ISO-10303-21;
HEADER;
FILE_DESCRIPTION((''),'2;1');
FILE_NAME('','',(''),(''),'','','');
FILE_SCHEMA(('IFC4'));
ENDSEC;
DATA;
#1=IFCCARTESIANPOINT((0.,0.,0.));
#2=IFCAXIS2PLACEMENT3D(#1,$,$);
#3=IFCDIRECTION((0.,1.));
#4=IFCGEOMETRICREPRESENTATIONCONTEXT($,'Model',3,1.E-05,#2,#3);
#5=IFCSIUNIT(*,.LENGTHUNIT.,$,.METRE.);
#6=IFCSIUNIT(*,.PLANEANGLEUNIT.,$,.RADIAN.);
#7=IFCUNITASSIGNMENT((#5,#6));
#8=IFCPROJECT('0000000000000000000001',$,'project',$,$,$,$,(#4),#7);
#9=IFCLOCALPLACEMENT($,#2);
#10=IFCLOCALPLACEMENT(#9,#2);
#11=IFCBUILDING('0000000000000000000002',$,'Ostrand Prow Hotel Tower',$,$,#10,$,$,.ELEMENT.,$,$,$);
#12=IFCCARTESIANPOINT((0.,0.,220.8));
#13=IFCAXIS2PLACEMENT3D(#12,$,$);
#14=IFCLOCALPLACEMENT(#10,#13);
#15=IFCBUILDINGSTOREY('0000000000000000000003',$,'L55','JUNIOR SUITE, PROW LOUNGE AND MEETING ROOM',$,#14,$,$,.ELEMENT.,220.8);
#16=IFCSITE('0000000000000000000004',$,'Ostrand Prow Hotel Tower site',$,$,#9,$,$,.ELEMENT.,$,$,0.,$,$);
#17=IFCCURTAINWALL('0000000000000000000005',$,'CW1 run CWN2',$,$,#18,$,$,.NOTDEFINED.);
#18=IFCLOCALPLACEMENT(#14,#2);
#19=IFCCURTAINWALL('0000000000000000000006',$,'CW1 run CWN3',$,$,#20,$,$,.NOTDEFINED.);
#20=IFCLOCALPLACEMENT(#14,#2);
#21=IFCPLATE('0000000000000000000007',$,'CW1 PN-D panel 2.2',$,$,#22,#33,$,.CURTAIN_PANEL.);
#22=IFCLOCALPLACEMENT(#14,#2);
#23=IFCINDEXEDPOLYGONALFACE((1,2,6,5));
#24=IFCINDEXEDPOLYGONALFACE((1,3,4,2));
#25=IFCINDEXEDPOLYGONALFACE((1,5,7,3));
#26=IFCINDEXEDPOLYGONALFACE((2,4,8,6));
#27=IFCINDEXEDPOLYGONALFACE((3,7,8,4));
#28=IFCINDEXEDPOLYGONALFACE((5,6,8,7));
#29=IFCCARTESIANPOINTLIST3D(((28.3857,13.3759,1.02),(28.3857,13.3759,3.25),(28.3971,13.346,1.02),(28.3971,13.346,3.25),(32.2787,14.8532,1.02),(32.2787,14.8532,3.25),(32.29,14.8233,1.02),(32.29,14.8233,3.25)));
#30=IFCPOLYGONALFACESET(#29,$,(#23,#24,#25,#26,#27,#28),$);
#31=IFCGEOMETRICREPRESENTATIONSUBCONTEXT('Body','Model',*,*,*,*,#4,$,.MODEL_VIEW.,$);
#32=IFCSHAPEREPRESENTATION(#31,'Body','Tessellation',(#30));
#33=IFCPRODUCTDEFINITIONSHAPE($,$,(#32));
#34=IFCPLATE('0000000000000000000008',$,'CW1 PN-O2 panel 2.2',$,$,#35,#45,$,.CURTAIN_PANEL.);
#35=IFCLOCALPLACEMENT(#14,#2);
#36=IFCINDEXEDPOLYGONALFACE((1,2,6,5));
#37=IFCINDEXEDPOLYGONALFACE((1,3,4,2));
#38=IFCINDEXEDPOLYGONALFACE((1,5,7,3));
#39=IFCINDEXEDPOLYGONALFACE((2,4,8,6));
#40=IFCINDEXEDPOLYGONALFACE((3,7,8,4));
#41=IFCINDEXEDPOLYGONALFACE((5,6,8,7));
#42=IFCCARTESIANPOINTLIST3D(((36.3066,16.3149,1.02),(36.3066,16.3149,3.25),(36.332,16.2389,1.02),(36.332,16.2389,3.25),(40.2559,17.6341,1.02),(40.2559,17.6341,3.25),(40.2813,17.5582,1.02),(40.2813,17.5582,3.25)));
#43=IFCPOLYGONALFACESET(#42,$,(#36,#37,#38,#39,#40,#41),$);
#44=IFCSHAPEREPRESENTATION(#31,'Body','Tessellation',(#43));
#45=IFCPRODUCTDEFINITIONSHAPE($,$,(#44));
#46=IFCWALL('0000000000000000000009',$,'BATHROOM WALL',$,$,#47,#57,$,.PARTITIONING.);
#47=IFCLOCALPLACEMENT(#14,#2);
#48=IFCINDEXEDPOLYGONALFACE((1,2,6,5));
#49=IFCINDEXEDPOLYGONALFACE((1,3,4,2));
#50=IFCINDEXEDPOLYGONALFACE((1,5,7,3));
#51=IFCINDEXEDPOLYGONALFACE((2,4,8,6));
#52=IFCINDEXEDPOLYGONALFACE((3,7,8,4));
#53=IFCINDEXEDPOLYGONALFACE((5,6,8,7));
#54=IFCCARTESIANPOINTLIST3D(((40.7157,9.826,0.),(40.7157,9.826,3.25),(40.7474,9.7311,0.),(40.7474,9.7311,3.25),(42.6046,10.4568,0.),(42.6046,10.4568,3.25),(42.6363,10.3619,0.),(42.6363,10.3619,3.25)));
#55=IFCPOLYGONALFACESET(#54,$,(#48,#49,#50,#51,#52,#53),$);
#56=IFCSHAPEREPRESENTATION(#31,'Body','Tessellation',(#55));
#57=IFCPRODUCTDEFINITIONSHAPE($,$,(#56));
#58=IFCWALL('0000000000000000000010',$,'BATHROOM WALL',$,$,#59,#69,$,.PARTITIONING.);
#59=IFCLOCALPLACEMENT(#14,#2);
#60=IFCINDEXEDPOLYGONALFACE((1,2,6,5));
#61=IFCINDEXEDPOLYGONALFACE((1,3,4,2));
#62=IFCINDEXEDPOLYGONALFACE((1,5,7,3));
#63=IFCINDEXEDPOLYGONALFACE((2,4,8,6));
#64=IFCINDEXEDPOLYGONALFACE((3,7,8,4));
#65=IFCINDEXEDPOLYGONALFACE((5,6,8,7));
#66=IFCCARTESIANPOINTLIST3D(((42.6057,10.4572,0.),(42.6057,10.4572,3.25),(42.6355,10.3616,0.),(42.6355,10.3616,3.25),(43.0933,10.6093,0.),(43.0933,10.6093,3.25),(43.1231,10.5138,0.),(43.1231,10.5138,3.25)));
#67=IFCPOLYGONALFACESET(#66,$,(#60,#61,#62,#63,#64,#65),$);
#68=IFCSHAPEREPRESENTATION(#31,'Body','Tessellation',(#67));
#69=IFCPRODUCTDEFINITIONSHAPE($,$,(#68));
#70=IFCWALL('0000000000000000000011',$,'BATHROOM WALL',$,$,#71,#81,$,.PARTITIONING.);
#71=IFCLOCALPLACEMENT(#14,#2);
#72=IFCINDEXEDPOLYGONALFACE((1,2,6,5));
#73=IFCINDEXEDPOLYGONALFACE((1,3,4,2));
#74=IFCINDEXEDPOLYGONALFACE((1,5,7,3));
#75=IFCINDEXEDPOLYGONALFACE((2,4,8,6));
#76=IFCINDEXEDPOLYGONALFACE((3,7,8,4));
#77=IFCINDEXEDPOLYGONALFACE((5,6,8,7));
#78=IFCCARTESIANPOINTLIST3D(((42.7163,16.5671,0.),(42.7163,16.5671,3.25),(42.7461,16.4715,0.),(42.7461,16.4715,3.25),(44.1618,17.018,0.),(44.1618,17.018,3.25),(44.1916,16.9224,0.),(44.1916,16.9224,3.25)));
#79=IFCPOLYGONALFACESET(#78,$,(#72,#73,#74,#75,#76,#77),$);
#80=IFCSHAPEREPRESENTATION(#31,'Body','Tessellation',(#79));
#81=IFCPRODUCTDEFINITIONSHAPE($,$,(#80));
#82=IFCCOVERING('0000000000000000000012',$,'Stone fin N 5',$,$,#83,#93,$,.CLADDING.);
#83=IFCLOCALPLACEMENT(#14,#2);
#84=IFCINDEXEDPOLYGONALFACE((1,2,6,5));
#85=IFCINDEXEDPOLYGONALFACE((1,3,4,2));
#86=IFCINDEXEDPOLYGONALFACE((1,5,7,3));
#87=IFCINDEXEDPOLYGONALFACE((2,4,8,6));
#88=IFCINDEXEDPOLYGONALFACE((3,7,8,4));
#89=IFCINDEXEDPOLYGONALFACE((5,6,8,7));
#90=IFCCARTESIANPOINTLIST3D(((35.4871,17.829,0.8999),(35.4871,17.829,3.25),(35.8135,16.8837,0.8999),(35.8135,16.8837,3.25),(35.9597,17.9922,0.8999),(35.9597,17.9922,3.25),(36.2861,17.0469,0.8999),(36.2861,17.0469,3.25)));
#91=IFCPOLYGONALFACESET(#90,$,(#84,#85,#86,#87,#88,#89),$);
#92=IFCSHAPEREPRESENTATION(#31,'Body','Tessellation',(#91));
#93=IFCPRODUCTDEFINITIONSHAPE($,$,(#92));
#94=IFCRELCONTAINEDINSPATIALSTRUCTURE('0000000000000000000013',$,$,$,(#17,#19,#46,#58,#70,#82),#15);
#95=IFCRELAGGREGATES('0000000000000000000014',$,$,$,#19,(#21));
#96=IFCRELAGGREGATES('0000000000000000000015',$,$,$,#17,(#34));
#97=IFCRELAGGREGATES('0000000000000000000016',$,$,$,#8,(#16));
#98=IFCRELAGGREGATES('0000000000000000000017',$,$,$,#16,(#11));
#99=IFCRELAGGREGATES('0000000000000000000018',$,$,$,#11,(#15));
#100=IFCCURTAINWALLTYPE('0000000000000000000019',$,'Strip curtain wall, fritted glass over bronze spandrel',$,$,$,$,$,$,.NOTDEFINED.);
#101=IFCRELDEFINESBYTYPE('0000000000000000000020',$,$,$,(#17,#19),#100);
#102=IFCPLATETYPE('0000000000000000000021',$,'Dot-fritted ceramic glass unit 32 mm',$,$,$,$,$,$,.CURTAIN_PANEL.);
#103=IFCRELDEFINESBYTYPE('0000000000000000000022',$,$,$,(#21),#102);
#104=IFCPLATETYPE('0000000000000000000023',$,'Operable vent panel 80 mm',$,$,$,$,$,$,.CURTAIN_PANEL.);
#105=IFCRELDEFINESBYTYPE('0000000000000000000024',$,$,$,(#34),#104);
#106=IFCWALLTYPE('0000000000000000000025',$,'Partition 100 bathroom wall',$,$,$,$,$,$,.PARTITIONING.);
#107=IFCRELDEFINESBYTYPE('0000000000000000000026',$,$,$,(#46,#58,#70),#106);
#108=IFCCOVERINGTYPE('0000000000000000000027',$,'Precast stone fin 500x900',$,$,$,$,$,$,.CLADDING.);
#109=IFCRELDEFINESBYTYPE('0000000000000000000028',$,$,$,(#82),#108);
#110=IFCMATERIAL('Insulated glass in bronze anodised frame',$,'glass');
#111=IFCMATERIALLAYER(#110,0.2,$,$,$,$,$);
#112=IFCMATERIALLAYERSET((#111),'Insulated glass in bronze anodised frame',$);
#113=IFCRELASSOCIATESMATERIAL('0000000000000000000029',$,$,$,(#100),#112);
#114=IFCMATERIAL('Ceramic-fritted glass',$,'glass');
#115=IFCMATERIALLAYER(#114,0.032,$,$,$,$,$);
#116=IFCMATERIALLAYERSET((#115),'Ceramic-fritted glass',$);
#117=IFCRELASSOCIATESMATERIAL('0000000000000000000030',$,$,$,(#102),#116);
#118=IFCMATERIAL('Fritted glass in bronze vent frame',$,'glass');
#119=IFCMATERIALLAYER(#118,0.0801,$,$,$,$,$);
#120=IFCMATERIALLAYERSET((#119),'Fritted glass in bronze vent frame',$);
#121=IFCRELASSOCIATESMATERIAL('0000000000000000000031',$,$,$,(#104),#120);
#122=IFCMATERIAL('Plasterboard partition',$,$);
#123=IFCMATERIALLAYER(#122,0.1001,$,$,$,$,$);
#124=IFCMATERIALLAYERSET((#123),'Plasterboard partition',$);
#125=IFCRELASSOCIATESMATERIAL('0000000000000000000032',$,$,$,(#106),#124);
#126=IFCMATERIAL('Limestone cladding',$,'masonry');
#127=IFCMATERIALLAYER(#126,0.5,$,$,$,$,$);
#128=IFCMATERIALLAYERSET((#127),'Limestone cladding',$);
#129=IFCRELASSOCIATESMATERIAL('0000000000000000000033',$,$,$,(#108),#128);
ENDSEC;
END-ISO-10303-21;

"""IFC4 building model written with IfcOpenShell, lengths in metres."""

from ifc_helpers import new_model, si_unit, direction, frame, frame_2d, origin, origin_2d, place, context, subcontext, project, spatial, rectangle, extrude, material, layer, layer_set, type_object, element, aggregate, save


model = new_model("IFC4")

# Units and contexts
model_context = context("Model", 3, precision=1e-05, world=origin(), true_north=direction((0.0, 1.0)))
body_context = subcontext(model_context, "Body", "Model", "MODEL_VIEW")
ifc_project = project(units=[si_unit("LENGTHUNIT", "METRE"), si_unit("PLANEANGLEUNIT", "RADIAN")], contexts=[model_context])

# Site, building, storey
site_placement = place(None, origin())
site = spatial("IfcSite", under=ifc_project, at=site_placement, Name="Ostrand Prow Hotel Tower site", CompositionType="ELEMENT", RefElevation=0.0)
building_placement = place(site_placement, origin())
building = spatial("IfcBuilding", under=site, at=building_placement, Name="Ostrand Prow Hotel Tower", CompositionType="ELEMENT")
storey_placement = place(building_placement, frame((0.0, 0.0, 220.8)))
storey = spatial("IfcBuildingStorey", under=building, at=storey_placement, Name="L55", Description="JUNIOR SUITE, PROW LOUNGE AND MEETING ROOM", CompositionType="ELEMENT", Elevation=220.8)

# Curtain walls
ifc_material_1 = material(Name="Insulated glass in bronze anodised frame", Category="glass")
ifc_layer_1 = layer(ifc_material_1, 0.2)
ifc_layer_set_1 = layer_set([ifc_layer_1], Name="Insulated glass in bronze anodised frame")
curtain_wall_type = type_object("IfcCurtainWallType", Name="Strip curtain wall, fritted glass over bronze spandrel", PredefinedType="NOTDEFINED", material=ifc_layer_set_1)
curtain_wall_1_placement = place(storey_placement, origin())
curtain_wall_1 = element("IfcCurtainWall", 1, at=curtain_wall_1_placement, inside=storey, type_object=curtain_wall_type, Name="CW1 run CWN2", PredefinedType="NOTDEFINED")
curtain_wall_2_placement = place(storey_placement, origin())
curtain_wall_2 = element("IfcCurtainWall", 2, at=curtain_wall_2_placement, inside=storey, type_object=curtain_wall_type, Name="CW1 run CWN3", PredefinedType="NOTDEFINED")

# Plates
ifc_material_2 = material(Name="Ceramic-fritted glass", Category="glass")
ifc_layer_2 = layer(ifc_material_2, 0.032)
ifc_layer_set_2 = layer_set([ifc_layer_2], Name="Ceramic-fritted glass")
plate_type_1 = type_object("IfcPlateType", Name="Dot-fritted ceramic glass unit 32 mm", PredefinedType="CURTAIN_PANEL", material=ifc_layer_set_2)
plate_1_placement = place(storey_placement, frame((30.3379, 14.0996, 1.02), z_axis=(0.0, 0.0, 1.0), x_axis=(-0.934951, -0.354777, 0.0)))
plate_1 = element("IfcPlate", 3, at=plate_1_placement, type_object=plate_type_1, Name="CW1 PN-D panel 2.2", PredefinedType="CURTAIN_PANEL", context=body_context, shape_type="SweptSolid", body=[
    extrude(rectangle(XDim=4.1638, YDim=0.032, at=origin_2d()), origin(), (0.0, 0.0, 1.0), 2.23),
])
aggregate(curtain_wall_2, [plate_1])
ifc_material_3 = material(Name="Fritted glass in bronze vent frame", Category="glass")
ifc_layer_3 = layer(ifc_material_3, 0.0801)
ifc_layer_set_3 = layer_set([ifc_layer_3], Name="Fritted glass in bronze vent frame")
plate_type_2 = type_object("IfcPlateType", Name="Operable vent panel 80 mm", PredefinedType="CURTAIN_PANEL", material=ifc_layer_set_3)
plate_2_placement = place(storey_placement, frame((38.2939, 16.9365, 1.02), z_axis=(0.0, 0.0, 1.0), x_axis=(-0.948479, -0.316841, 0.0)))
plate_2 = element("IfcPlate", 4, at=plate_2_placement, type_object=plate_type_2, Name="CW1 PN-O2 panel 2.2", PredefinedType="CURTAIN_PANEL", context=body_context, shape_type="SweptSolid", body=[
    extrude(rectangle(XDim=4.1638, YDim=0.0801, at=origin_2d()), origin(), (0.0, 0.0, 1.0), 2.23),
])
aggregate(curtain_wall_1, [plate_2])

# Walls
ifc_material_4 = material(Name="Plasterboard partition")
ifc_layer_4 = layer(ifc_material_4, 0.1001)
ifc_layer_set_4 = layer_set([ifc_layer_4], Name="Plasterboard partition")
wall_type = type_object("IfcWallType", Name="Partition 100 bathroom wall", PredefinedType="PARTITIONING", material=ifc_layer_set_4)
wall_1_placement = place(storey_placement, frame((40.7317, 9.7786, 0.0), z_axis=(0.0, 0.0, 1.0), x_axis=(0.948499, 0.316779, 0.0)))
element("IfcWall", 5, at=wall_1_placement, inside=storey, type_object=wall_type, Name="BATHROOM WALL", PredefinedType="PARTITIONING", context=body_context, shape_type="SweptSolid", body=[
    extrude(rectangle(XDim=1.9915, YDim=0.1001, at=frame_2d((0.9956, 0.0))), origin(), (0.0, 0.0, 1.0), 3.25),
])
wall_2_placement = place(storey_placement, frame((42.6206, 10.4094, 0.0), z_axis=(0.0, 0.0, 1.0), x_axis=(0.954624, 0.297812, 0.0)))
element("IfcWall", 6, at=wall_2_placement, inside=storey, type_object=wall_type, Name="BATHROOM WALL", PredefinedType="PARTITIONING", context=body_context, shape_type="SweptSolid", body=[
    extrude(rectangle(XDim=0.5107, YDim=0.1001, at=frame_2d((0.2554, 0.0))), origin(), (0.0, 0.0, 1.0), 3.25),
])
wall_3_placement = place(storey_placement, frame((42.7312, 16.5193, 0.0), z_axis=(0.0, 0.0, 1.0), x_axis=(0.954632, 0.297788, 0.0)))
element("IfcWall", 7, at=wall_3_placement, inside=storey, type_object=wall_type, Name="BATHROOM WALL", PredefinedType="PARTITIONING", context=body_context, shape_type="SweptSolid", body=[
    extrude(rectangle(XDim=1.5142, YDim=0.1001, at=frame_2d((0.7571, 0.0))), origin(), (0.0, 0.0, 1.0), 3.25),
])

# Covering
ifc_material_5 = material(Name="Limestone cladding", Category="masonry")
ifc_layer_5 = layer(ifc_material_5, 0.5)
ifc_layer_set_5 = layer_set([ifc_layer_5], Name="Limestone cladding")
covering_type = type_object("IfcCoveringType", Name="Precast stone fin 500x900", PredefinedType="CLADDING", material=ifc_layer_set_5)
covering_placement = place(storey_placement, frame((36.0498, 16.9653, 0.8999), z_axis=(0.0, 0.0, 1.0), x_axis=(-0.326389, 0.945235, 0.0)))
element("IfcCovering", 8, at=covering_placement, inside=storey, type_object=covering_type, Name="Stone fin N 5", PredefinedType="CLADDING", context=body_context, shape_type="SweptSolid", body=[
    extrude(rectangle(XDim=1.0, YDim=0.5, at=frame_2d((0.5, 0.0))), origin(), (0.0, 0.0, 1.0), 2.3501),
])

save(model, "model.ifc")
